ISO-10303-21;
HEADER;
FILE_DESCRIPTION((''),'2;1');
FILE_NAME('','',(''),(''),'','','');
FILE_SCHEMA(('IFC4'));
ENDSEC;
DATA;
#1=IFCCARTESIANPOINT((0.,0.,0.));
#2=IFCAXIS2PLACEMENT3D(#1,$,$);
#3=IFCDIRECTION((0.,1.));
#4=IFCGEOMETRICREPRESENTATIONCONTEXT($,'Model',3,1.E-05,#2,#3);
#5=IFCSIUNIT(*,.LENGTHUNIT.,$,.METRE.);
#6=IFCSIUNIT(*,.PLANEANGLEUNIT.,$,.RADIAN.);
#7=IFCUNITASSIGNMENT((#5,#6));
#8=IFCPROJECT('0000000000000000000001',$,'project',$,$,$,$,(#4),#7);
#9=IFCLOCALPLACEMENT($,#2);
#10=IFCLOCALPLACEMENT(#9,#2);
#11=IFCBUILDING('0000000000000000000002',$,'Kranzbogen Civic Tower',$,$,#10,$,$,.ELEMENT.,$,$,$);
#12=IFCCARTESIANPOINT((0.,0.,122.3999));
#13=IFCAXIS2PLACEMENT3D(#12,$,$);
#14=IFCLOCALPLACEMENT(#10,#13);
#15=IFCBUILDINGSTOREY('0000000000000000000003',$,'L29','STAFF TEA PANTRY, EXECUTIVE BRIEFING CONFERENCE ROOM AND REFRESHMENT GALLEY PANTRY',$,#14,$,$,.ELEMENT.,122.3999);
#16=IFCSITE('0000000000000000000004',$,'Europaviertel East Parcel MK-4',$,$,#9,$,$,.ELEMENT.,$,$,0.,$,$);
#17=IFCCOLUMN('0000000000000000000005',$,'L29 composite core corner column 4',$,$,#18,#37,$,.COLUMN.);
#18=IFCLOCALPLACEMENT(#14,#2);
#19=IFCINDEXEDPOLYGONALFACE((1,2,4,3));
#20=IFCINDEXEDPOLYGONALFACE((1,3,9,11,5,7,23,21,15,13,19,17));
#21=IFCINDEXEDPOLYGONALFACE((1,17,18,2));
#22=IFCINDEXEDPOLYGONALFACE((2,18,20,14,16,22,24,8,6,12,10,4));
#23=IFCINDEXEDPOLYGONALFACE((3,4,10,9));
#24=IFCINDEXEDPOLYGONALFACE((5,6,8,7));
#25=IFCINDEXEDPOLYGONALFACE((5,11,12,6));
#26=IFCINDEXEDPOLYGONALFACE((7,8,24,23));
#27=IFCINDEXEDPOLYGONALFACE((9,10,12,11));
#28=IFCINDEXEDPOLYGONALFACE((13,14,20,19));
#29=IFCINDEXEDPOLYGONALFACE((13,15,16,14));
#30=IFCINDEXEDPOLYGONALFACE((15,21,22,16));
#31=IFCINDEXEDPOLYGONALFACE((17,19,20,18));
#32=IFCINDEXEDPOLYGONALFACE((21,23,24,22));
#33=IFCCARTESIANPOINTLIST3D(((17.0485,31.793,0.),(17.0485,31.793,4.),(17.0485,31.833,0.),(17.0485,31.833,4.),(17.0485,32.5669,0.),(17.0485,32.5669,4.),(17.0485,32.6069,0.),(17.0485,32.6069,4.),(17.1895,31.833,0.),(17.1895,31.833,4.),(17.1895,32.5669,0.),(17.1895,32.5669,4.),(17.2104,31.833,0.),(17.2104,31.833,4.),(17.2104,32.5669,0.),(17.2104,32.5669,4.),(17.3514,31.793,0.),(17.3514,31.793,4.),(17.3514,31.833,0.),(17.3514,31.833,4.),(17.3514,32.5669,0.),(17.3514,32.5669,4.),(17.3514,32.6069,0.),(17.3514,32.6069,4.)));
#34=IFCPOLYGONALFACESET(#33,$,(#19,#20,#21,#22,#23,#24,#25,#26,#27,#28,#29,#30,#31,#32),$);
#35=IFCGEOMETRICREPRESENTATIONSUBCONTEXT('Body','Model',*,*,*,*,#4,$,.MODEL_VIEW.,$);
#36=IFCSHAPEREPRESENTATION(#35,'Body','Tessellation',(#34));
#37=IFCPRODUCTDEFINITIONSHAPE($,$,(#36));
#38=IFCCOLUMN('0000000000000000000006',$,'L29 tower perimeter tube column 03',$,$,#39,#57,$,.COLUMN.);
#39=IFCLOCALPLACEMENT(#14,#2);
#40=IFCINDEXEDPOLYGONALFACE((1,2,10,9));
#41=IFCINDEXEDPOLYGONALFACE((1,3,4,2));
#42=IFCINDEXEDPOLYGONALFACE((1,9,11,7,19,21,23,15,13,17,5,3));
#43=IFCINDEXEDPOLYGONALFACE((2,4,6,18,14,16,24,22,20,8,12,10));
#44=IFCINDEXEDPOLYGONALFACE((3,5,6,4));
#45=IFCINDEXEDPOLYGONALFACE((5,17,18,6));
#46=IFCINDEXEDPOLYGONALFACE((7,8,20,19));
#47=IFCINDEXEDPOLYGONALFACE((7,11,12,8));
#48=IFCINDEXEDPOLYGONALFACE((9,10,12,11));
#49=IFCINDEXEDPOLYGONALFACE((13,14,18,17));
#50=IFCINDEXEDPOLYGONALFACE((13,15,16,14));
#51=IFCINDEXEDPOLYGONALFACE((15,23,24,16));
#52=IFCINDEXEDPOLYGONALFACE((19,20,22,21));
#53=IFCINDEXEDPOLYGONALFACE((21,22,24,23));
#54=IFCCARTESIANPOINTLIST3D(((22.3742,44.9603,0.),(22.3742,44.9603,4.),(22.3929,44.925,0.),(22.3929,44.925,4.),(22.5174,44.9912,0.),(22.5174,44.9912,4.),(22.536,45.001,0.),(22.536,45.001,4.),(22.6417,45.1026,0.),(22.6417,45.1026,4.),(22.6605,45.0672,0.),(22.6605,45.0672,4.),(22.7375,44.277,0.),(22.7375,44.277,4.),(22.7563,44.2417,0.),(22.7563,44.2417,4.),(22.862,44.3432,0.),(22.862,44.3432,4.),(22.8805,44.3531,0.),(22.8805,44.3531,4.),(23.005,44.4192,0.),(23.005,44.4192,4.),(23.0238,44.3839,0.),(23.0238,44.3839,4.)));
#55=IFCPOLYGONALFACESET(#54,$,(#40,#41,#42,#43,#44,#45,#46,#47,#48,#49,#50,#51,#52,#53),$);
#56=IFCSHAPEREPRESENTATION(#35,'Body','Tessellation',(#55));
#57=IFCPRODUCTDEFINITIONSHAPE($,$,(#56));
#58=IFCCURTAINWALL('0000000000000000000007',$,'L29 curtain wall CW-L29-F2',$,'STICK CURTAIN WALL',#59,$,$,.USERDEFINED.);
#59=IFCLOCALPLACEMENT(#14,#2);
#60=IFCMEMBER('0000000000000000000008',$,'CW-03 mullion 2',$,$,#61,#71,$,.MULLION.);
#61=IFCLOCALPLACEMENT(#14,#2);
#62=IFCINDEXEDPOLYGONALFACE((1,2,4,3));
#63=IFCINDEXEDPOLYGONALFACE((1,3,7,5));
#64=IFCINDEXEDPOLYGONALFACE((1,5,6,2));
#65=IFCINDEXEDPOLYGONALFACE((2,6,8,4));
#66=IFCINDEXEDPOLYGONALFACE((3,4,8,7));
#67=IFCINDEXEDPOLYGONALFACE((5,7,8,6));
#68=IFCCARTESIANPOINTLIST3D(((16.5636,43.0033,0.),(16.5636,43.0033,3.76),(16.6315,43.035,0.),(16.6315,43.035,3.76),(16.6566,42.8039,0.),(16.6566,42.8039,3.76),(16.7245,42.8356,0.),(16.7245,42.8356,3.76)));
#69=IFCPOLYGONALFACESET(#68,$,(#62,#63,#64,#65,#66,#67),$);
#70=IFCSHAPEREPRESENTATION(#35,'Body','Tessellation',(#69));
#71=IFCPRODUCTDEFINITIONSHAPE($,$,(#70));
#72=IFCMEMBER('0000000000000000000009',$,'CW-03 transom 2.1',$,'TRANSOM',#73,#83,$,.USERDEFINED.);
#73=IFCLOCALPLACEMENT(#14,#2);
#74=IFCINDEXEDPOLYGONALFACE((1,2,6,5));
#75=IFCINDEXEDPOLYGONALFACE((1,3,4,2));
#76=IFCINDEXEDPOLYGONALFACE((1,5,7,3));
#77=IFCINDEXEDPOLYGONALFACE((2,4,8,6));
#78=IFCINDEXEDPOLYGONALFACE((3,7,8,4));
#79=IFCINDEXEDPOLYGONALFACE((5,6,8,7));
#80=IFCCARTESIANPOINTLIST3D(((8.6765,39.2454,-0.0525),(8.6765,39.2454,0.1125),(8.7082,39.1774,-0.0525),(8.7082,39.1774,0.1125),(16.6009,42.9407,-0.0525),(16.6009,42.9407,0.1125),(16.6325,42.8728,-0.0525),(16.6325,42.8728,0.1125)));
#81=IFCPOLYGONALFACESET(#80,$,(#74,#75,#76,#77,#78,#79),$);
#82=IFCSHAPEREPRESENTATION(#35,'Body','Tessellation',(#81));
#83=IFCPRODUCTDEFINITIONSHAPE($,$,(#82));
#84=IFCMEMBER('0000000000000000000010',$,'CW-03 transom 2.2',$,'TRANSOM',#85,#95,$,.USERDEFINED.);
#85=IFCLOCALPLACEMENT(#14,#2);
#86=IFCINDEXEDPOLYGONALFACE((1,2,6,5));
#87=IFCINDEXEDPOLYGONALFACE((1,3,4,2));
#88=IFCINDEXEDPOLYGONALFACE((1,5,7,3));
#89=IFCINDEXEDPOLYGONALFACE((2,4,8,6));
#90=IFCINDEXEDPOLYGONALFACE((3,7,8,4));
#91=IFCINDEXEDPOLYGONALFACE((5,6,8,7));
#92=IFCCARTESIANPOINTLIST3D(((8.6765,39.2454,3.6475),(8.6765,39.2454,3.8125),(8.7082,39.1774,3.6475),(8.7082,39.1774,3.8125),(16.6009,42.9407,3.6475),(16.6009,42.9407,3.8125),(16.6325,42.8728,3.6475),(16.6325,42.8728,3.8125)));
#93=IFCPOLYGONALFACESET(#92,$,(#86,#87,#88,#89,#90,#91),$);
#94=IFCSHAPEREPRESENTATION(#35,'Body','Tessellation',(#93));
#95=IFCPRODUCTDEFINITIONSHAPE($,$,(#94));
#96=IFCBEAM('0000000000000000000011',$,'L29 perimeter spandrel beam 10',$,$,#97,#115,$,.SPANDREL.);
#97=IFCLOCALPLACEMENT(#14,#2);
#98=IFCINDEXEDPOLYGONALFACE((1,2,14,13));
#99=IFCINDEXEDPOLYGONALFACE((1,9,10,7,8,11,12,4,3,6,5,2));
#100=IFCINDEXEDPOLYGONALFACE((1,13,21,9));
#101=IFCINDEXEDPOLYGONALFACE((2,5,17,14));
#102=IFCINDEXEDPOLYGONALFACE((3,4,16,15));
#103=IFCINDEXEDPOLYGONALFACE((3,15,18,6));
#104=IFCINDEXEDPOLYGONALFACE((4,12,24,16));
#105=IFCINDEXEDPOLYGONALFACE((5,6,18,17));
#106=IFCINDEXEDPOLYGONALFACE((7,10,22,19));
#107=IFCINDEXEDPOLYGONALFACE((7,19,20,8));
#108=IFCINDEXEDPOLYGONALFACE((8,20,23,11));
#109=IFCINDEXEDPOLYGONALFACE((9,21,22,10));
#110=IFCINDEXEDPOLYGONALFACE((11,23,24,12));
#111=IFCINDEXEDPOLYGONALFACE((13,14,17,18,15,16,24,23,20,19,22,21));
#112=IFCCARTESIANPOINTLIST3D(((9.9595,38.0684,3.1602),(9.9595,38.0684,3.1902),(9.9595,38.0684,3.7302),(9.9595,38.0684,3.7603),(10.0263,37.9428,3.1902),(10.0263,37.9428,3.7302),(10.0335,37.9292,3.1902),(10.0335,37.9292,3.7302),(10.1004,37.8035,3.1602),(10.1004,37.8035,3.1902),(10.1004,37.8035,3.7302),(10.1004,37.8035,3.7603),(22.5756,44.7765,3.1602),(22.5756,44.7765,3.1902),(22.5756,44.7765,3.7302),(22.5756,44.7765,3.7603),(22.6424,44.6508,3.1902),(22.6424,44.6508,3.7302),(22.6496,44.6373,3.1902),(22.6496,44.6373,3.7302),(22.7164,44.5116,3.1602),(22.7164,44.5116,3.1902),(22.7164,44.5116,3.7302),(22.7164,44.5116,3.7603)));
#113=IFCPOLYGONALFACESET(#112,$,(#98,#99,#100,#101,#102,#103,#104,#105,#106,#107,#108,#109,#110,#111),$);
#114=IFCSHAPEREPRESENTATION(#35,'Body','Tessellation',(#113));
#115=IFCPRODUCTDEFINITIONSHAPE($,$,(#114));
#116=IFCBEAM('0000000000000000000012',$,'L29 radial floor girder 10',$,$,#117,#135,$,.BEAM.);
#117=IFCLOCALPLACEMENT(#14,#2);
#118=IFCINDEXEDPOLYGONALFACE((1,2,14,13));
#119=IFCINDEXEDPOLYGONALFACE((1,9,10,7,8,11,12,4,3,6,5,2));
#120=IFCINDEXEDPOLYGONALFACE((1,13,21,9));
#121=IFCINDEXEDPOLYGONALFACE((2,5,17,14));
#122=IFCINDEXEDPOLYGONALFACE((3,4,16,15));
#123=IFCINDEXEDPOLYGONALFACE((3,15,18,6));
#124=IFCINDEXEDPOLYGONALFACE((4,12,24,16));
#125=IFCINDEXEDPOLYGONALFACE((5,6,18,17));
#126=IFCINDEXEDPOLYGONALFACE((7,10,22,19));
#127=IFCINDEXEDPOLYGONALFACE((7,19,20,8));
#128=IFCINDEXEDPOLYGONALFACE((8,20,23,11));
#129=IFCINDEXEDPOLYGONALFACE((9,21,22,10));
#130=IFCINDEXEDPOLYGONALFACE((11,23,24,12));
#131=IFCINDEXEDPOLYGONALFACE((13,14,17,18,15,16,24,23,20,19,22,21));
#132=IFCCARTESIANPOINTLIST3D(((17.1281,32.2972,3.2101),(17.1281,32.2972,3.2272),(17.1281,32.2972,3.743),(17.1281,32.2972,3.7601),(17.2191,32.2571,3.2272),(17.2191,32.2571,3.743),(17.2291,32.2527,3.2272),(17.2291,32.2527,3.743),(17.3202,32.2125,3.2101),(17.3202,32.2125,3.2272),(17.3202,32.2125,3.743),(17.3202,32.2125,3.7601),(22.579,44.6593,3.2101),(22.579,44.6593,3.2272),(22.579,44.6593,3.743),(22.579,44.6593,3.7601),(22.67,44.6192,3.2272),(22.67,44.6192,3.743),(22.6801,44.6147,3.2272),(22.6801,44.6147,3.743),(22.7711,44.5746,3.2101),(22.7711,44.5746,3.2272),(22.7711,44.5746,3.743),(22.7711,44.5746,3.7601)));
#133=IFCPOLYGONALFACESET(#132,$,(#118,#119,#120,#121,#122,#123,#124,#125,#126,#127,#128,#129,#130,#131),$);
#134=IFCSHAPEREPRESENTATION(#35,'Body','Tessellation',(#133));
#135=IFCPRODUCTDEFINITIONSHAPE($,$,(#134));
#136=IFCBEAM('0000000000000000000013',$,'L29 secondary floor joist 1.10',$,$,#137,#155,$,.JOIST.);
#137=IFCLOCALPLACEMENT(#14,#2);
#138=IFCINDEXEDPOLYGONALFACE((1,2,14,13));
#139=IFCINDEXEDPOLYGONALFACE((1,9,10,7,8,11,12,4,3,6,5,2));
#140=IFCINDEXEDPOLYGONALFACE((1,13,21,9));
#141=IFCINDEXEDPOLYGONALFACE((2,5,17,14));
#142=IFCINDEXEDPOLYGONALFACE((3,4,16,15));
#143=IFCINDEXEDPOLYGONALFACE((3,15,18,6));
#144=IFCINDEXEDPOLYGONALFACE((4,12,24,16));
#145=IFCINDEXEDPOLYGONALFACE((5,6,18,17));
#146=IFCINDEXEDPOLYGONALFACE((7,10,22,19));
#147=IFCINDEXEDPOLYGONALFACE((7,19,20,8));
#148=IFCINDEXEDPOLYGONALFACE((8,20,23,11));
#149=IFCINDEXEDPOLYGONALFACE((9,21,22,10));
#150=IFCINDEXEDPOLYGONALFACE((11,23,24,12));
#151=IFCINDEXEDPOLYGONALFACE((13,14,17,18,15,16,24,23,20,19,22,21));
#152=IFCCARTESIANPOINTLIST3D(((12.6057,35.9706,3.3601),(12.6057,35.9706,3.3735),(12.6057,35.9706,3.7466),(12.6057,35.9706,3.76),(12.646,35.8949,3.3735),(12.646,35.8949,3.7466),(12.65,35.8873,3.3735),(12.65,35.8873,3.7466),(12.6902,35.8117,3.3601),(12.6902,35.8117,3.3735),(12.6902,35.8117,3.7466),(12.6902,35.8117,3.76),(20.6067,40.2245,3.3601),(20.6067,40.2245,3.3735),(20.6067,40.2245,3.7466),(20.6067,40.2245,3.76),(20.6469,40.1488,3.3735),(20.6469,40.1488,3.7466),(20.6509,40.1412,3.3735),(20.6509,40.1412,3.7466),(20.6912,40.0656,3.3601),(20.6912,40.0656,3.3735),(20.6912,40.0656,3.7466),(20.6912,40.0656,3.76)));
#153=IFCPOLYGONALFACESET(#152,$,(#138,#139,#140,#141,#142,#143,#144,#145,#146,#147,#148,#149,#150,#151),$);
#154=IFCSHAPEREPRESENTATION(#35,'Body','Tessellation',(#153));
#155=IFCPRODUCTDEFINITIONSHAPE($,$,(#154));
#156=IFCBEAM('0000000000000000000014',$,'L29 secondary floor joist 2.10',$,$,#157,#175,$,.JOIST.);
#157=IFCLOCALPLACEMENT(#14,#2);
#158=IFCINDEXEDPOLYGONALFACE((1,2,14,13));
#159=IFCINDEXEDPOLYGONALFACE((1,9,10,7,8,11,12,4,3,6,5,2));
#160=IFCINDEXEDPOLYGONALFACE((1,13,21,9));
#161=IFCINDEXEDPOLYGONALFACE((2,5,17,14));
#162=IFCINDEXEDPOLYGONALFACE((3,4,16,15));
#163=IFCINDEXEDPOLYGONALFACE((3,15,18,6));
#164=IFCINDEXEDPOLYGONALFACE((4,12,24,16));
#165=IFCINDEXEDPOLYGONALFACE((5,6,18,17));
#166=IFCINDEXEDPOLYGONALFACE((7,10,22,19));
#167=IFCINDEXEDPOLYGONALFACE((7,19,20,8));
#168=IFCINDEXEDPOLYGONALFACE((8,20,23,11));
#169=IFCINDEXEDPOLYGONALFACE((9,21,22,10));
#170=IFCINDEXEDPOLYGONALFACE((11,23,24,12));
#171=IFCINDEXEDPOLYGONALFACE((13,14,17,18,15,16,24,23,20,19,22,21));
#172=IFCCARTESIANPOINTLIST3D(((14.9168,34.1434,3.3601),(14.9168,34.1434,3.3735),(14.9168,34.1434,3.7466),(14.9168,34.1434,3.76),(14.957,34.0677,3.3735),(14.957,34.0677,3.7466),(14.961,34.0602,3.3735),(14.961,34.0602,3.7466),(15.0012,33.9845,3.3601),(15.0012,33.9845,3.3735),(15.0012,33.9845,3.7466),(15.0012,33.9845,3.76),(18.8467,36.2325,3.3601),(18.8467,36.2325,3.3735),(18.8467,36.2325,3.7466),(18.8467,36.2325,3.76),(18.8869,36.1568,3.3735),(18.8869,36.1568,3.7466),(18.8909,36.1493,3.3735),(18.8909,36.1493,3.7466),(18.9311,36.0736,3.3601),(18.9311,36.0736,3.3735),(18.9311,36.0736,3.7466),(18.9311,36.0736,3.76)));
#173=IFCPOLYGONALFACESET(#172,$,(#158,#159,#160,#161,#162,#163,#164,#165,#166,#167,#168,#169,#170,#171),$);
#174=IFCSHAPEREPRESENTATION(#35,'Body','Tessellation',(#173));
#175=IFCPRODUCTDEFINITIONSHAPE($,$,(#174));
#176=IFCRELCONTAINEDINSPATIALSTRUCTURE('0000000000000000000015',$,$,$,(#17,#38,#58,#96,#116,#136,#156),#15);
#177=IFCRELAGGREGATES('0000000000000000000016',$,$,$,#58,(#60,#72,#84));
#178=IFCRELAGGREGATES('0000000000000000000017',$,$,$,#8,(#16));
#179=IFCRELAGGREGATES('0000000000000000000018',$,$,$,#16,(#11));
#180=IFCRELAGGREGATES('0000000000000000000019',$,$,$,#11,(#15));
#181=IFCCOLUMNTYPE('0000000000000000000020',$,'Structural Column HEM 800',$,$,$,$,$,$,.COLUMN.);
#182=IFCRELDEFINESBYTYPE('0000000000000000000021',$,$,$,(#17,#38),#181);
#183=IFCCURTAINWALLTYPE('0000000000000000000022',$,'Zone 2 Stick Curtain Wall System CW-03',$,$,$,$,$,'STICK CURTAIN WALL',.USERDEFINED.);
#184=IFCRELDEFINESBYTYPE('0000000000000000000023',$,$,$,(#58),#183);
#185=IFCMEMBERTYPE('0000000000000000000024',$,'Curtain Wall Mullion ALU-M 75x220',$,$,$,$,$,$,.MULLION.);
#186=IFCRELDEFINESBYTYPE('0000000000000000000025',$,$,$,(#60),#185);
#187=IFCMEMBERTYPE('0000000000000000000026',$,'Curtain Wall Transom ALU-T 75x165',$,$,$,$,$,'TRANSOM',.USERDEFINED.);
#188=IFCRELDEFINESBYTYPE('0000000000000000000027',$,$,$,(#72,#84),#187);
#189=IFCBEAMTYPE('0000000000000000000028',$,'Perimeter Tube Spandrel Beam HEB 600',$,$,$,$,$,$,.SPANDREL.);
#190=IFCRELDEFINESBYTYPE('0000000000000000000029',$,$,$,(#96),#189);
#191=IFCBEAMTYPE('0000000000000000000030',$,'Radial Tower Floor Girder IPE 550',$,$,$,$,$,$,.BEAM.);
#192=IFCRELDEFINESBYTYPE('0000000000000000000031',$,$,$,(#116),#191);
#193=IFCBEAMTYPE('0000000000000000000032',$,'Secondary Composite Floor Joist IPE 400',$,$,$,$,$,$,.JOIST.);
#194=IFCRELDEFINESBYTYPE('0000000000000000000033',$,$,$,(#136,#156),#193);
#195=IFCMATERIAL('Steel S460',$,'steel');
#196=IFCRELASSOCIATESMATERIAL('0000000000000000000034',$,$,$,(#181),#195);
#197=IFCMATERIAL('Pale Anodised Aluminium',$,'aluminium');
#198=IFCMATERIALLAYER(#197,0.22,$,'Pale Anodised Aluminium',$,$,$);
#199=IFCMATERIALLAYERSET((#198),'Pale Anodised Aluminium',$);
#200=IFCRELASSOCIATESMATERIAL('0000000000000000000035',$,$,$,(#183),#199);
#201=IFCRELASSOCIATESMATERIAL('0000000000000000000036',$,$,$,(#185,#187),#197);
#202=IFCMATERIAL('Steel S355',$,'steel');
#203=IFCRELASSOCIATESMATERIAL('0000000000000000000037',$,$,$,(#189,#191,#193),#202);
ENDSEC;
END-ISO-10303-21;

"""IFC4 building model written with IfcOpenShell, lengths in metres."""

from ifc_helpers import new_model, si_unit, direction, frame, origin, origin_2d, place, context, subcontext, project, spatial, rectangle, i_section, extrude, material, layer, layer_set, material_profile, profile_set, type_object, element, aggregate, save


model = new_model("IFC4")

# Units and contexts
model_context = context("Model", 3, precision=1e-05, world=origin(), true_north=direction((0.0, 1.0)))
body_context = subcontext(model_context, "Body", "Model", "MODEL_VIEW")
ifc_project = project(units=[si_unit("LENGTHUNIT", "METRE"), si_unit("PLANEANGLEUNIT", "RADIAN")], contexts=[model_context])

# Site, building, storey
site_placement = place(None, origin())
site = spatial("IfcSite", under=ifc_project, at=site_placement, Name="Europaviertel East Parcel MK-4", CompositionType="ELEMENT", RefElevation=0.0)
building_placement = place(site_placement, origin())
building = spatial("IfcBuilding", under=site, at=building_placement, Name="Kranzbogen Civic Tower", CompositionType="ELEMENT")
storey_placement = place(building_placement, frame((0.0, 0.0, 122.3999)))
storey = spatial("IfcBuildingStorey", under=building, at=storey_placement, Name="L29", Description="STAFF TEA PANTRY, EXECUTIVE BRIEFING CONFERENCE ROOM AND REFRESHMENT GALLEY PANTRY", CompositionType="ELEMENT", Elevation=122.3999)

# Columns
ifc_material_1 = material(Name="Steel S460", Category="steel")
ifc_material_profile_1 = material_profile(ifc_material_1, i_section(OverallWidth=0.303, OverallDepth=0.814, WebThickness=0.021, FlangeThickness=0.04, at=origin_2d()), Name="HEM 800")
ifc_profile_set_1 = profile_set([ifc_material_profile_1], Name="Steel S460")
column_type = type_object("IfcColumnType", Name="Structural Column HEM 800", PredefinedType="COLUMN", material=ifc_profile_set_1)
for number, where, z_axis, x_axis, name in (
    (1, (17.2, 32.2, 0.0), (0.0, 0.0, 1.0), (1.0, 0.0, 0.0), "L29 composite core corner column 4"),
    (2, (22.699, 44.6721, 0.0), (0.0, 0.0, 1.0), (0.882948, 0.469472, 0.0), "L29 tower perimeter tube column 03"),
):
    element("IfcColumn", number, at=place(storey_placement, frame(where, z_axis=z_axis, x_axis=x_axis)), inside=storey, type_object=column_type, Name=name, PredefinedType="COLUMN", context=body_context, shape_type="SweptSolid", body=[
        extrude(i_section(OverallWidth=0.303, OverallDepth=0.814, WebThickness=0.021, FlangeThickness=0.04, at=origin_2d()), origin(), (0.0, 0.0, 1.0), 4.0),
    ])

# Curtain wall, members
ifc_material_2 = material(Name="Pale Anodised Aluminium", Category="aluminium")
ifc_layer_1 = layer(ifc_material_2, 0.22, Name="Pale Anodised Aluminium")
ifc_layer_set_1 = layer_set([ifc_layer_1], Name="Pale Anodised Aluminium")
curtain_wall_type = type_object("IfcCurtainWallType", Name="Zone 2 Stick Curtain Wall System CW-03", ElementType="STICK CURTAIN WALL", PredefinedType="USERDEFINED", material=ifc_layer_set_1)
curtain_wall_placement = place(storey_placement, origin())
curtain_wall = element("IfcCurtainWall", 3, at=curtain_wall_placement, inside=storey, type_object=curtain_wall_type, Name="L29 curtain wall CW-L29-F2", ObjectType="STICK CURTAIN WALL", PredefinedType="USERDEFINED")
ifc_material_profile_2 = material_profile(ifc_material_2, rectangle(XDim=0.075, YDim=0.22, at=origin_2d()), Name="ALU-M 75x220")
ifc_profile_set_2 = profile_set([ifc_material_profile_2], Name="Pale Anodised Aluminium")
member_type_1 = type_object("IfcMemberType", Name="Curtain Wall Mullion ALU-M 75x220", PredefinedType="MULLION", material=ifc_profile_set_2)
member_1_placement = place(storey_placement, frame((16.644, 42.9194, 0.0), z_axis=(0.0, 0.0, 1.0), x_axis=(-0.906297, -0.422641, 0.0)))
member_1 = element("IfcMember", 4, at=member_1_placement, type_object=member_type_1, Name="CW-03 mullion 2", PredefinedType="MULLION", context=body_context, shape_type="SweptSolid", body=[
    extrude(rectangle(XDim=0.075, YDim=0.22, at=origin_2d()), origin(), (0.0, 0.0, 1.0), 3.76),
])
ifc_material_profile_3 = material_profile(ifc_material_2, rectangle(XDim=0.075, YDim=0.165, at=origin_2d()), Name="ALU-T 75x165")
ifc_profile_set_3 = profile_set([ifc_material_profile_3], Name="Pale Anodised Aluminium")
member_type_2 = type_object("IfcMemberType", Name="Curtain Wall Transom ALU-T 75x165", ElementType="TRANSOM", PredefinedType="USERDEFINED", material=ifc_profile_set_3)
member_2_placement = place(storey_placement, frame((16.6167, 42.9067, 0.03), z_axis=(-0.906302, -0.422632, 0.0), x_axis=(0.422632, -0.906302, 0.0)))
member_2 = element("IfcMember", 5, at=member_2_placement, type_object=member_type_2, Name="CW-03 transom 2.1", ObjectType="TRANSOM", PredefinedType="USERDEFINED", context=body_context, shape_type="SweptSolid", body=[
    extrude(rectangle(XDim=0.075, YDim=0.165, at=origin_2d()), origin(), (0.0, 0.0, 1.0), 8.7437),
])
member_3_placement = place(storey_placement, frame((16.6167, 42.9067, 3.73), z_axis=(-0.906302, -0.422632, 0.0), x_axis=(0.422632, -0.906302, 0.0)))
member_3 = element("IfcMember", 6, at=member_3_placement, type_object=member_type_2, Name="CW-03 transom 2.2", ObjectType="TRANSOM", PredefinedType="USERDEFINED", context=body_context, shape_type="SweptSolid", body=[
    extrude(rectangle(XDim=0.075, YDim=0.165, at=origin_2d()), origin(), (0.0, 0.0, 1.0), 8.7437),
])

# Beams
ifc_material_3 = material(Name="Steel S355", Category="steel")
ifc_material_profile_4 = material_profile(ifc_material_3, i_section(OverallWidth=0.3, OverallDepth=0.6001, WebThickness=0.0154, FlangeThickness=0.03, at=origin_2d()), Name="HEB 600")
ifc_profile_set_4 = profile_set([ifc_material_profile_4], Name="Steel S355")
beam_type_1 = type_object("IfcBeamType", Name="Perimeter Tube Spandrel Beam HEB 600", PredefinedType="SPANDREL", material=ifc_profile_set_4)
beam_1_placement = place(storey_placement, frame((22.646, 44.644, 3.4602), z_axis=(-0.882948, -0.46947, 0.0), x_axis=(0.46947, -0.882948, 0.0)))
element("IfcBeam", 7, at=beam_1_placement, inside=storey, type_object=beam_type_1, Name="L29 perimeter spandrel beam 10", PredefinedType="SPANDREL", context=body_context, shape_type="SweptSolid", body=[
    extrude(i_section(OverallWidth=0.3, OverallDepth=0.6001, WebThickness=0.0154, FlangeThickness=0.03, at=origin_2d()), origin(), (0.0, 0.0, 1.0), 14.2886),
])
ifc_material_profile_5 = material_profile(ifc_material_3, i_section(OverallWidth=0.21, OverallDepth=0.55, WebThickness=0.011, FlangeThickness=0.0171, at=origin_2d()), Name="IPE 550")
ifc_profile_set_5 = profile_set([ifc_material_profile_5], Name="Steel S355")
beam_type_2 = type_object("IfcBeamType", Name="Radial Tower Floor Girder IPE 550", PredefinedType="BEAM", material=ifc_profile_set_5)
beam_2_placement = place(storey_placement, frame((22.675, 44.6169, 3.4851), z_axis=(-0.403459, -0.914998, 0.0), x_axis=(0.914998, -0.403459, 0.0)))
element("IfcBeam", 8, at=beam_2_placement, inside=storey, type_object=beam_type_2, Name="L29 radial floor girder 10", PredefinedType="BEAM", context=body_context, shape_type="SweptSolid", body=[
    extrude(i_section(OverallWidth=0.21, OverallDepth=0.55, WebThickness=0.011, FlangeThickness=0.0171, at=origin_2d()), origin(), (0.0, 0.0, 1.0), 13.5105),
])
ifc_material_profile_6 = material_profile(ifc_material_3, i_section(OverallWidth=0.1799, OverallDepth=0.3999, WebThickness=0.0085, FlangeThickness=0.0134, at=origin_2d()), Name="IPE 400")
ifc_profile_set_6 = profile_set([ifc_material_profile_6], Name="Steel S355")
beam_type_3 = type_object("IfcBeamType", Name="Secondary Composite Floor Joist IPE 400", PredefinedType="JOIST", material=ifc_profile_set_6)
beam_3_placement = place(storey_placement, frame((20.6489, 40.145, 3.5601), z_axis=(-0.882961, -0.469447, 0.0), x_axis=(0.469447, -0.882961, 0.0)))
element("IfcBeam", 9, at=beam_3_placement, inside=storey, type_object=beam_type_3, Name="L29 secondary floor joist 1.10", PredefinedType="JOIST", context=body_context, shape_type="SweptSolid", body=[
    extrude(i_section(OverallWidth=0.1799, OverallDepth=0.3999, WebThickness=0.0085, FlangeThickness=0.0134, at=origin_2d()), origin(), (0.0, 0.0, 1.0), 9.0615),
])
beam_4_placement = place(storey_placement, frame((18.8889, 36.1531, 3.5601), z_axis=(-0.882991, -0.469389, 0.0), x_axis=(0.469389, -0.882991, 0.0)))
element("IfcBeam", 10, at=beam_4_placement, inside=storey, type_object=beam_type_3, Name="L29 secondary floor joist 2.10", PredefinedType="JOIST", context=body_context, shape_type="SweptSolid", body=[
    extrude(i_section(OverallWidth=0.1799, OverallDepth=0.3999, WebThickness=0.0085, FlangeThickness=0.0134, at=origin_2d()), origin(), (0.0, 0.0, 1.0), 4.4507),
])

aggregate(curtain_wall, [member_1, member_2, member_3])

save(model, "model.ifc")
